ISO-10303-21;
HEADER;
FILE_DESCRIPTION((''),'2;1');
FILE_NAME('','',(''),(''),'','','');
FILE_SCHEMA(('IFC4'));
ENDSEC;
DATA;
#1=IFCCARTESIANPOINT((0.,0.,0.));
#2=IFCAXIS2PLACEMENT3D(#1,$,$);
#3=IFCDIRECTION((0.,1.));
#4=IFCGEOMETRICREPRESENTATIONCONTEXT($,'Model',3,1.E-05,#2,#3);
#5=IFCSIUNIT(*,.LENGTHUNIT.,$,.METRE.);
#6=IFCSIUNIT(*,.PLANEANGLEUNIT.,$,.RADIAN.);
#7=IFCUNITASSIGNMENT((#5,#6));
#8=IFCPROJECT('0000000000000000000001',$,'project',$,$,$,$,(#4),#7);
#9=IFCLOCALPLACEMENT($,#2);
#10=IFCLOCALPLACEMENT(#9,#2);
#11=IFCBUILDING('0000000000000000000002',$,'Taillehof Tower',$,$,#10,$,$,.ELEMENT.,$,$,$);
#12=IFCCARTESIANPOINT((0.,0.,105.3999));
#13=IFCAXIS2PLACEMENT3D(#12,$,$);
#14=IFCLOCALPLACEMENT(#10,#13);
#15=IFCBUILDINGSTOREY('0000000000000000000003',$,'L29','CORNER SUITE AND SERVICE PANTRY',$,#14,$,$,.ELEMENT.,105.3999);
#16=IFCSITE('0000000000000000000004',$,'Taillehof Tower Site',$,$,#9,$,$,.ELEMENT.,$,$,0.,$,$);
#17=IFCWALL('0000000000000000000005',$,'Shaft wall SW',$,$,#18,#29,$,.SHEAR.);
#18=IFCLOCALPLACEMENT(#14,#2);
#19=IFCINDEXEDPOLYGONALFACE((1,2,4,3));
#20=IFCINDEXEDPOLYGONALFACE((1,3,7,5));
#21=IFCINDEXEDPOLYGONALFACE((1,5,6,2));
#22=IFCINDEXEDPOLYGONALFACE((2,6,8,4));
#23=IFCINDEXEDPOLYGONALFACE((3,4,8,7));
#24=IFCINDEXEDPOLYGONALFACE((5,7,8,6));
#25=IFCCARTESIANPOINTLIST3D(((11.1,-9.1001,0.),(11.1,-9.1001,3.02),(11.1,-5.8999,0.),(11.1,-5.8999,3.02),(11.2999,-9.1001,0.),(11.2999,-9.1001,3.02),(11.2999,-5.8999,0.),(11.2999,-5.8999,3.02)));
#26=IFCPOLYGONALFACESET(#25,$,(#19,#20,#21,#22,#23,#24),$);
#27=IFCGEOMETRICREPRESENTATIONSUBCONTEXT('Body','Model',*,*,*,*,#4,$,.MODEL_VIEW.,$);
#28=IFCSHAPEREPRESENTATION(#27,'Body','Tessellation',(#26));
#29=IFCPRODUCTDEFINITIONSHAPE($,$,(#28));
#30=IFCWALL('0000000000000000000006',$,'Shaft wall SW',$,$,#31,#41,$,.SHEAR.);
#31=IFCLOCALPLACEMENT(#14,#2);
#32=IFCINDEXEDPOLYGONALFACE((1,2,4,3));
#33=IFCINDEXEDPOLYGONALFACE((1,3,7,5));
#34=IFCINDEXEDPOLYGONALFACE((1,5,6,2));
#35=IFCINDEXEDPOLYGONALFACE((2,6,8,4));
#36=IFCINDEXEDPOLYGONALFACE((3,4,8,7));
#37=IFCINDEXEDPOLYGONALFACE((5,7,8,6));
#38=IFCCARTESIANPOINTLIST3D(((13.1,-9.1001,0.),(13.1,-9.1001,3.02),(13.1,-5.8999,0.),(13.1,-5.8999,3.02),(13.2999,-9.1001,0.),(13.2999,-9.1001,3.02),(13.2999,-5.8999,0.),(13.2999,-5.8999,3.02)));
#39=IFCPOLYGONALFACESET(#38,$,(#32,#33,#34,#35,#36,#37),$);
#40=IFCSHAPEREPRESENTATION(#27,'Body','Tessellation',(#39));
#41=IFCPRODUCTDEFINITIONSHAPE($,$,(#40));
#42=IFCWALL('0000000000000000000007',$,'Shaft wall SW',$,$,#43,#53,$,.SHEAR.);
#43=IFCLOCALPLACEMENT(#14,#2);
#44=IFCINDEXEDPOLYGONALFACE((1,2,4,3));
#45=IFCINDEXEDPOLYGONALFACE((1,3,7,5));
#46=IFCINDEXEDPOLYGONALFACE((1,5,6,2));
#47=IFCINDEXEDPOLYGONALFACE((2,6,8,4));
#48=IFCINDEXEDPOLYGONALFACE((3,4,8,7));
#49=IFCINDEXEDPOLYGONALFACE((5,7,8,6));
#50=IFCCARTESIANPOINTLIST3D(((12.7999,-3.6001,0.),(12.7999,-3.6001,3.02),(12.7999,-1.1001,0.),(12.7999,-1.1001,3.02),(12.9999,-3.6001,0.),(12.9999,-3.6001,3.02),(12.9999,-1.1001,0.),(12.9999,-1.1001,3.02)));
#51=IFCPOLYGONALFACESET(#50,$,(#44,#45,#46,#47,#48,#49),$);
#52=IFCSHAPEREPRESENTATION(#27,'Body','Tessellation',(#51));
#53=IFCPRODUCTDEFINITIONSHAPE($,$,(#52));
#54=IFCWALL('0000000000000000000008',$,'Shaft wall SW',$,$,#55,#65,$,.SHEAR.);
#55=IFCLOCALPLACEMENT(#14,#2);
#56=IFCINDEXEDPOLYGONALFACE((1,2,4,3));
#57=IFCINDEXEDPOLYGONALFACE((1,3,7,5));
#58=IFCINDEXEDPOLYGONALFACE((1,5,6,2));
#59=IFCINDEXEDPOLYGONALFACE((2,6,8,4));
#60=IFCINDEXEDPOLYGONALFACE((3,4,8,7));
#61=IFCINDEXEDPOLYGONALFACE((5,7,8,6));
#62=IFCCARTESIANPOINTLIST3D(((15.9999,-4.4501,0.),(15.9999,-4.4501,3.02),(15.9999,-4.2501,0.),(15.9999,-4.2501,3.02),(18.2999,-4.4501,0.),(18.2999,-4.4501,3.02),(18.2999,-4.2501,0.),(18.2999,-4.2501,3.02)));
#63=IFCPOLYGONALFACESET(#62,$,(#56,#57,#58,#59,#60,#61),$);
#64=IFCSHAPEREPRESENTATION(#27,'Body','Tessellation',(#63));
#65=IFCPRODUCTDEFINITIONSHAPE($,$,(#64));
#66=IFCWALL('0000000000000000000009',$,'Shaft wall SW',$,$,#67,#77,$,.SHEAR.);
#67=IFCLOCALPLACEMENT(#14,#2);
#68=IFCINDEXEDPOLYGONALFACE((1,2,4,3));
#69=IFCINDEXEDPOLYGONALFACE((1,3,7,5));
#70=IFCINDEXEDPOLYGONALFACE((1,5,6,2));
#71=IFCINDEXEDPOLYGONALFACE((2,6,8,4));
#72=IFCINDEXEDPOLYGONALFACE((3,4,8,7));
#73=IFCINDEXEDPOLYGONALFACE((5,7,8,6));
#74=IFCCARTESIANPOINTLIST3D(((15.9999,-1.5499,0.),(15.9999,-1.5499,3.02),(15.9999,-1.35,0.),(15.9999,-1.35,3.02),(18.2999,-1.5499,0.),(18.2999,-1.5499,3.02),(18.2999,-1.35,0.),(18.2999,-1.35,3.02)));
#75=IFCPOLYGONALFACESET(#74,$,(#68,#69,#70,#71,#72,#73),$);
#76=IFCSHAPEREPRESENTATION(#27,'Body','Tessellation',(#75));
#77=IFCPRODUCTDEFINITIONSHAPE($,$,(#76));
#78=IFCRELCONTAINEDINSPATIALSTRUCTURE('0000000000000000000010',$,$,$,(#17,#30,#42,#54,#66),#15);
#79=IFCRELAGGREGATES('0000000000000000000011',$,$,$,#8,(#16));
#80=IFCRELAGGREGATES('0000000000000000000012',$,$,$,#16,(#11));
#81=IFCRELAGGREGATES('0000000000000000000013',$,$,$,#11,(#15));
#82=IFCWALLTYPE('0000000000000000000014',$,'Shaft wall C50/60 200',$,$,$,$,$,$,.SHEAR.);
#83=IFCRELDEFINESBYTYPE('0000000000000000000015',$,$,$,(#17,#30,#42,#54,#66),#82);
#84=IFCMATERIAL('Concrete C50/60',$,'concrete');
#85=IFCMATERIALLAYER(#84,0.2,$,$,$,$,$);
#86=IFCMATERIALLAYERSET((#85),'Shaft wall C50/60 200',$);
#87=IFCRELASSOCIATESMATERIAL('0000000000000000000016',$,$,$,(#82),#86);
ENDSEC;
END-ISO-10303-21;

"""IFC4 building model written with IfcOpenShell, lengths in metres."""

from ifc_helpers import new_model, si_unit, direction, frame, frame_2d, origin, place, context, subcontext, project, spatial, rectangle, extrude, material, layer, layer_set, type_object, element, save


model = new_model("IFC4")

# Units and contexts
model_context = context("Model", 3, precision=1e-05, world=origin(), true_north=direction((0.0, 1.0)))
body_context = subcontext(model_context, "Body", "Model", "MODEL_VIEW")
ifc_project = project(units=[si_unit("LENGTHUNIT", "METRE"), si_unit("PLANEANGLEUNIT", "RADIAN")], contexts=[model_context])

# Site, building, storey
site_placement = place(None, origin())
site = spatial("IfcSite", under=ifc_project, at=site_placement, Name="Taillehof Tower Site", CompositionType="ELEMENT", RefElevation=0.0)
building_placement = place(site_placement, origin())
building = spatial("IfcBuilding", under=site, at=building_placement, Name="Taillehof Tower", CompositionType="ELEMENT")
storey_placement = place(building_placement, frame((0.0, 0.0, 105.3999)))
storey = spatial("IfcBuildingStorey", under=building, at=storey_placement, Name="L29", Description="CORNER SUITE AND SERVICE PANTRY", CompositionType="ELEMENT", Elevation=105.3999)

# Walls
ifc_material_1 = material(Name="Concrete C50/60", Category="concrete")
ifc_layer_1 = layer(ifc_material_1, 0.2)
ifc_layer_set_1 = layer_set([ifc_layer_1], Name="Shaft wall C50/60 200")
wall_type_1 = type_object("IfcWallType", Name="Shaft wall C50/60 200", PredefinedType="SHEAR", material=ifc_layer_set_1)
for number, where, z_axis, x_axis, name in (
    (1, (11.2, -9.1001, 0.0), (0.0, 0.0, 1.0), (0.0, 1.0, 0.0), "Shaft wall SW"),
    (2, (13.2, -9.1001, 0.0), (0.0, 0.0, 1.0), (0.0, 1.0, 0.0), "Shaft wall SW"),
):
    element("IfcWall", number, at=place(storey_placement, frame(where, z_axis=z_axis, x_axis=x_axis)), inside=storey, type_object=wall_type_1, Name=name, PredefinedType="SHEAR", context=body_context, shape_type="SweptSolid", body=[
        extrude(rectangle(XDim=3.2002, YDim=0.2, at=frame_2d((1.6001, 0.0))), origin(), (0.0, 0.0, 1.0), 3.02),
    ])
wall_1_placement = place(storey_placement, frame((12.8999, -3.6001, 0.0), z_axis=(0.0, 0.0, 1.0), x_axis=(0.0, 1.0, 0.0)))
element("IfcWall", 3, at=wall_1_placement, inside=storey, type_object=wall_type_1, Name="Shaft wall SW", PredefinedType="SHEAR", context=body_context, shape_type="SweptSolid", body=[
    extrude(rectangle(XDim=2.5, YDim=0.2, at=frame_2d((1.25, 0.0))), origin(), (0.0, 0.0, 1.0), 3.02),
])
for number, where, z_axis, x_axis, name in (
    (4, (16.0, -4.3501, 0.0), (0.0, 0.0, 1.0), (1.0, 0.0, 0.0), "Shaft wall SW"),
    (5, (16.0, -1.45, 0.0), (0.0, 0.0, 1.0), (1.0, 0.0, 0.0), "Shaft wall SW"),
):
    element("IfcWall", number, at=place(storey_placement, frame(where, z_axis=z_axis, x_axis=x_axis)), inside=storey, type_object=wall_type_1, Name=name, PredefinedType="SHEAR", context=body_context, shape_type="SweptSolid", body=[
        extrude(rectangle(XDim=2.3, YDim=0.2, at=frame_2d((1.1499, 0.0))), origin(), (0.0, 0.0, 1.0), 3.02),
    ])

save(model, "model.ifc")
